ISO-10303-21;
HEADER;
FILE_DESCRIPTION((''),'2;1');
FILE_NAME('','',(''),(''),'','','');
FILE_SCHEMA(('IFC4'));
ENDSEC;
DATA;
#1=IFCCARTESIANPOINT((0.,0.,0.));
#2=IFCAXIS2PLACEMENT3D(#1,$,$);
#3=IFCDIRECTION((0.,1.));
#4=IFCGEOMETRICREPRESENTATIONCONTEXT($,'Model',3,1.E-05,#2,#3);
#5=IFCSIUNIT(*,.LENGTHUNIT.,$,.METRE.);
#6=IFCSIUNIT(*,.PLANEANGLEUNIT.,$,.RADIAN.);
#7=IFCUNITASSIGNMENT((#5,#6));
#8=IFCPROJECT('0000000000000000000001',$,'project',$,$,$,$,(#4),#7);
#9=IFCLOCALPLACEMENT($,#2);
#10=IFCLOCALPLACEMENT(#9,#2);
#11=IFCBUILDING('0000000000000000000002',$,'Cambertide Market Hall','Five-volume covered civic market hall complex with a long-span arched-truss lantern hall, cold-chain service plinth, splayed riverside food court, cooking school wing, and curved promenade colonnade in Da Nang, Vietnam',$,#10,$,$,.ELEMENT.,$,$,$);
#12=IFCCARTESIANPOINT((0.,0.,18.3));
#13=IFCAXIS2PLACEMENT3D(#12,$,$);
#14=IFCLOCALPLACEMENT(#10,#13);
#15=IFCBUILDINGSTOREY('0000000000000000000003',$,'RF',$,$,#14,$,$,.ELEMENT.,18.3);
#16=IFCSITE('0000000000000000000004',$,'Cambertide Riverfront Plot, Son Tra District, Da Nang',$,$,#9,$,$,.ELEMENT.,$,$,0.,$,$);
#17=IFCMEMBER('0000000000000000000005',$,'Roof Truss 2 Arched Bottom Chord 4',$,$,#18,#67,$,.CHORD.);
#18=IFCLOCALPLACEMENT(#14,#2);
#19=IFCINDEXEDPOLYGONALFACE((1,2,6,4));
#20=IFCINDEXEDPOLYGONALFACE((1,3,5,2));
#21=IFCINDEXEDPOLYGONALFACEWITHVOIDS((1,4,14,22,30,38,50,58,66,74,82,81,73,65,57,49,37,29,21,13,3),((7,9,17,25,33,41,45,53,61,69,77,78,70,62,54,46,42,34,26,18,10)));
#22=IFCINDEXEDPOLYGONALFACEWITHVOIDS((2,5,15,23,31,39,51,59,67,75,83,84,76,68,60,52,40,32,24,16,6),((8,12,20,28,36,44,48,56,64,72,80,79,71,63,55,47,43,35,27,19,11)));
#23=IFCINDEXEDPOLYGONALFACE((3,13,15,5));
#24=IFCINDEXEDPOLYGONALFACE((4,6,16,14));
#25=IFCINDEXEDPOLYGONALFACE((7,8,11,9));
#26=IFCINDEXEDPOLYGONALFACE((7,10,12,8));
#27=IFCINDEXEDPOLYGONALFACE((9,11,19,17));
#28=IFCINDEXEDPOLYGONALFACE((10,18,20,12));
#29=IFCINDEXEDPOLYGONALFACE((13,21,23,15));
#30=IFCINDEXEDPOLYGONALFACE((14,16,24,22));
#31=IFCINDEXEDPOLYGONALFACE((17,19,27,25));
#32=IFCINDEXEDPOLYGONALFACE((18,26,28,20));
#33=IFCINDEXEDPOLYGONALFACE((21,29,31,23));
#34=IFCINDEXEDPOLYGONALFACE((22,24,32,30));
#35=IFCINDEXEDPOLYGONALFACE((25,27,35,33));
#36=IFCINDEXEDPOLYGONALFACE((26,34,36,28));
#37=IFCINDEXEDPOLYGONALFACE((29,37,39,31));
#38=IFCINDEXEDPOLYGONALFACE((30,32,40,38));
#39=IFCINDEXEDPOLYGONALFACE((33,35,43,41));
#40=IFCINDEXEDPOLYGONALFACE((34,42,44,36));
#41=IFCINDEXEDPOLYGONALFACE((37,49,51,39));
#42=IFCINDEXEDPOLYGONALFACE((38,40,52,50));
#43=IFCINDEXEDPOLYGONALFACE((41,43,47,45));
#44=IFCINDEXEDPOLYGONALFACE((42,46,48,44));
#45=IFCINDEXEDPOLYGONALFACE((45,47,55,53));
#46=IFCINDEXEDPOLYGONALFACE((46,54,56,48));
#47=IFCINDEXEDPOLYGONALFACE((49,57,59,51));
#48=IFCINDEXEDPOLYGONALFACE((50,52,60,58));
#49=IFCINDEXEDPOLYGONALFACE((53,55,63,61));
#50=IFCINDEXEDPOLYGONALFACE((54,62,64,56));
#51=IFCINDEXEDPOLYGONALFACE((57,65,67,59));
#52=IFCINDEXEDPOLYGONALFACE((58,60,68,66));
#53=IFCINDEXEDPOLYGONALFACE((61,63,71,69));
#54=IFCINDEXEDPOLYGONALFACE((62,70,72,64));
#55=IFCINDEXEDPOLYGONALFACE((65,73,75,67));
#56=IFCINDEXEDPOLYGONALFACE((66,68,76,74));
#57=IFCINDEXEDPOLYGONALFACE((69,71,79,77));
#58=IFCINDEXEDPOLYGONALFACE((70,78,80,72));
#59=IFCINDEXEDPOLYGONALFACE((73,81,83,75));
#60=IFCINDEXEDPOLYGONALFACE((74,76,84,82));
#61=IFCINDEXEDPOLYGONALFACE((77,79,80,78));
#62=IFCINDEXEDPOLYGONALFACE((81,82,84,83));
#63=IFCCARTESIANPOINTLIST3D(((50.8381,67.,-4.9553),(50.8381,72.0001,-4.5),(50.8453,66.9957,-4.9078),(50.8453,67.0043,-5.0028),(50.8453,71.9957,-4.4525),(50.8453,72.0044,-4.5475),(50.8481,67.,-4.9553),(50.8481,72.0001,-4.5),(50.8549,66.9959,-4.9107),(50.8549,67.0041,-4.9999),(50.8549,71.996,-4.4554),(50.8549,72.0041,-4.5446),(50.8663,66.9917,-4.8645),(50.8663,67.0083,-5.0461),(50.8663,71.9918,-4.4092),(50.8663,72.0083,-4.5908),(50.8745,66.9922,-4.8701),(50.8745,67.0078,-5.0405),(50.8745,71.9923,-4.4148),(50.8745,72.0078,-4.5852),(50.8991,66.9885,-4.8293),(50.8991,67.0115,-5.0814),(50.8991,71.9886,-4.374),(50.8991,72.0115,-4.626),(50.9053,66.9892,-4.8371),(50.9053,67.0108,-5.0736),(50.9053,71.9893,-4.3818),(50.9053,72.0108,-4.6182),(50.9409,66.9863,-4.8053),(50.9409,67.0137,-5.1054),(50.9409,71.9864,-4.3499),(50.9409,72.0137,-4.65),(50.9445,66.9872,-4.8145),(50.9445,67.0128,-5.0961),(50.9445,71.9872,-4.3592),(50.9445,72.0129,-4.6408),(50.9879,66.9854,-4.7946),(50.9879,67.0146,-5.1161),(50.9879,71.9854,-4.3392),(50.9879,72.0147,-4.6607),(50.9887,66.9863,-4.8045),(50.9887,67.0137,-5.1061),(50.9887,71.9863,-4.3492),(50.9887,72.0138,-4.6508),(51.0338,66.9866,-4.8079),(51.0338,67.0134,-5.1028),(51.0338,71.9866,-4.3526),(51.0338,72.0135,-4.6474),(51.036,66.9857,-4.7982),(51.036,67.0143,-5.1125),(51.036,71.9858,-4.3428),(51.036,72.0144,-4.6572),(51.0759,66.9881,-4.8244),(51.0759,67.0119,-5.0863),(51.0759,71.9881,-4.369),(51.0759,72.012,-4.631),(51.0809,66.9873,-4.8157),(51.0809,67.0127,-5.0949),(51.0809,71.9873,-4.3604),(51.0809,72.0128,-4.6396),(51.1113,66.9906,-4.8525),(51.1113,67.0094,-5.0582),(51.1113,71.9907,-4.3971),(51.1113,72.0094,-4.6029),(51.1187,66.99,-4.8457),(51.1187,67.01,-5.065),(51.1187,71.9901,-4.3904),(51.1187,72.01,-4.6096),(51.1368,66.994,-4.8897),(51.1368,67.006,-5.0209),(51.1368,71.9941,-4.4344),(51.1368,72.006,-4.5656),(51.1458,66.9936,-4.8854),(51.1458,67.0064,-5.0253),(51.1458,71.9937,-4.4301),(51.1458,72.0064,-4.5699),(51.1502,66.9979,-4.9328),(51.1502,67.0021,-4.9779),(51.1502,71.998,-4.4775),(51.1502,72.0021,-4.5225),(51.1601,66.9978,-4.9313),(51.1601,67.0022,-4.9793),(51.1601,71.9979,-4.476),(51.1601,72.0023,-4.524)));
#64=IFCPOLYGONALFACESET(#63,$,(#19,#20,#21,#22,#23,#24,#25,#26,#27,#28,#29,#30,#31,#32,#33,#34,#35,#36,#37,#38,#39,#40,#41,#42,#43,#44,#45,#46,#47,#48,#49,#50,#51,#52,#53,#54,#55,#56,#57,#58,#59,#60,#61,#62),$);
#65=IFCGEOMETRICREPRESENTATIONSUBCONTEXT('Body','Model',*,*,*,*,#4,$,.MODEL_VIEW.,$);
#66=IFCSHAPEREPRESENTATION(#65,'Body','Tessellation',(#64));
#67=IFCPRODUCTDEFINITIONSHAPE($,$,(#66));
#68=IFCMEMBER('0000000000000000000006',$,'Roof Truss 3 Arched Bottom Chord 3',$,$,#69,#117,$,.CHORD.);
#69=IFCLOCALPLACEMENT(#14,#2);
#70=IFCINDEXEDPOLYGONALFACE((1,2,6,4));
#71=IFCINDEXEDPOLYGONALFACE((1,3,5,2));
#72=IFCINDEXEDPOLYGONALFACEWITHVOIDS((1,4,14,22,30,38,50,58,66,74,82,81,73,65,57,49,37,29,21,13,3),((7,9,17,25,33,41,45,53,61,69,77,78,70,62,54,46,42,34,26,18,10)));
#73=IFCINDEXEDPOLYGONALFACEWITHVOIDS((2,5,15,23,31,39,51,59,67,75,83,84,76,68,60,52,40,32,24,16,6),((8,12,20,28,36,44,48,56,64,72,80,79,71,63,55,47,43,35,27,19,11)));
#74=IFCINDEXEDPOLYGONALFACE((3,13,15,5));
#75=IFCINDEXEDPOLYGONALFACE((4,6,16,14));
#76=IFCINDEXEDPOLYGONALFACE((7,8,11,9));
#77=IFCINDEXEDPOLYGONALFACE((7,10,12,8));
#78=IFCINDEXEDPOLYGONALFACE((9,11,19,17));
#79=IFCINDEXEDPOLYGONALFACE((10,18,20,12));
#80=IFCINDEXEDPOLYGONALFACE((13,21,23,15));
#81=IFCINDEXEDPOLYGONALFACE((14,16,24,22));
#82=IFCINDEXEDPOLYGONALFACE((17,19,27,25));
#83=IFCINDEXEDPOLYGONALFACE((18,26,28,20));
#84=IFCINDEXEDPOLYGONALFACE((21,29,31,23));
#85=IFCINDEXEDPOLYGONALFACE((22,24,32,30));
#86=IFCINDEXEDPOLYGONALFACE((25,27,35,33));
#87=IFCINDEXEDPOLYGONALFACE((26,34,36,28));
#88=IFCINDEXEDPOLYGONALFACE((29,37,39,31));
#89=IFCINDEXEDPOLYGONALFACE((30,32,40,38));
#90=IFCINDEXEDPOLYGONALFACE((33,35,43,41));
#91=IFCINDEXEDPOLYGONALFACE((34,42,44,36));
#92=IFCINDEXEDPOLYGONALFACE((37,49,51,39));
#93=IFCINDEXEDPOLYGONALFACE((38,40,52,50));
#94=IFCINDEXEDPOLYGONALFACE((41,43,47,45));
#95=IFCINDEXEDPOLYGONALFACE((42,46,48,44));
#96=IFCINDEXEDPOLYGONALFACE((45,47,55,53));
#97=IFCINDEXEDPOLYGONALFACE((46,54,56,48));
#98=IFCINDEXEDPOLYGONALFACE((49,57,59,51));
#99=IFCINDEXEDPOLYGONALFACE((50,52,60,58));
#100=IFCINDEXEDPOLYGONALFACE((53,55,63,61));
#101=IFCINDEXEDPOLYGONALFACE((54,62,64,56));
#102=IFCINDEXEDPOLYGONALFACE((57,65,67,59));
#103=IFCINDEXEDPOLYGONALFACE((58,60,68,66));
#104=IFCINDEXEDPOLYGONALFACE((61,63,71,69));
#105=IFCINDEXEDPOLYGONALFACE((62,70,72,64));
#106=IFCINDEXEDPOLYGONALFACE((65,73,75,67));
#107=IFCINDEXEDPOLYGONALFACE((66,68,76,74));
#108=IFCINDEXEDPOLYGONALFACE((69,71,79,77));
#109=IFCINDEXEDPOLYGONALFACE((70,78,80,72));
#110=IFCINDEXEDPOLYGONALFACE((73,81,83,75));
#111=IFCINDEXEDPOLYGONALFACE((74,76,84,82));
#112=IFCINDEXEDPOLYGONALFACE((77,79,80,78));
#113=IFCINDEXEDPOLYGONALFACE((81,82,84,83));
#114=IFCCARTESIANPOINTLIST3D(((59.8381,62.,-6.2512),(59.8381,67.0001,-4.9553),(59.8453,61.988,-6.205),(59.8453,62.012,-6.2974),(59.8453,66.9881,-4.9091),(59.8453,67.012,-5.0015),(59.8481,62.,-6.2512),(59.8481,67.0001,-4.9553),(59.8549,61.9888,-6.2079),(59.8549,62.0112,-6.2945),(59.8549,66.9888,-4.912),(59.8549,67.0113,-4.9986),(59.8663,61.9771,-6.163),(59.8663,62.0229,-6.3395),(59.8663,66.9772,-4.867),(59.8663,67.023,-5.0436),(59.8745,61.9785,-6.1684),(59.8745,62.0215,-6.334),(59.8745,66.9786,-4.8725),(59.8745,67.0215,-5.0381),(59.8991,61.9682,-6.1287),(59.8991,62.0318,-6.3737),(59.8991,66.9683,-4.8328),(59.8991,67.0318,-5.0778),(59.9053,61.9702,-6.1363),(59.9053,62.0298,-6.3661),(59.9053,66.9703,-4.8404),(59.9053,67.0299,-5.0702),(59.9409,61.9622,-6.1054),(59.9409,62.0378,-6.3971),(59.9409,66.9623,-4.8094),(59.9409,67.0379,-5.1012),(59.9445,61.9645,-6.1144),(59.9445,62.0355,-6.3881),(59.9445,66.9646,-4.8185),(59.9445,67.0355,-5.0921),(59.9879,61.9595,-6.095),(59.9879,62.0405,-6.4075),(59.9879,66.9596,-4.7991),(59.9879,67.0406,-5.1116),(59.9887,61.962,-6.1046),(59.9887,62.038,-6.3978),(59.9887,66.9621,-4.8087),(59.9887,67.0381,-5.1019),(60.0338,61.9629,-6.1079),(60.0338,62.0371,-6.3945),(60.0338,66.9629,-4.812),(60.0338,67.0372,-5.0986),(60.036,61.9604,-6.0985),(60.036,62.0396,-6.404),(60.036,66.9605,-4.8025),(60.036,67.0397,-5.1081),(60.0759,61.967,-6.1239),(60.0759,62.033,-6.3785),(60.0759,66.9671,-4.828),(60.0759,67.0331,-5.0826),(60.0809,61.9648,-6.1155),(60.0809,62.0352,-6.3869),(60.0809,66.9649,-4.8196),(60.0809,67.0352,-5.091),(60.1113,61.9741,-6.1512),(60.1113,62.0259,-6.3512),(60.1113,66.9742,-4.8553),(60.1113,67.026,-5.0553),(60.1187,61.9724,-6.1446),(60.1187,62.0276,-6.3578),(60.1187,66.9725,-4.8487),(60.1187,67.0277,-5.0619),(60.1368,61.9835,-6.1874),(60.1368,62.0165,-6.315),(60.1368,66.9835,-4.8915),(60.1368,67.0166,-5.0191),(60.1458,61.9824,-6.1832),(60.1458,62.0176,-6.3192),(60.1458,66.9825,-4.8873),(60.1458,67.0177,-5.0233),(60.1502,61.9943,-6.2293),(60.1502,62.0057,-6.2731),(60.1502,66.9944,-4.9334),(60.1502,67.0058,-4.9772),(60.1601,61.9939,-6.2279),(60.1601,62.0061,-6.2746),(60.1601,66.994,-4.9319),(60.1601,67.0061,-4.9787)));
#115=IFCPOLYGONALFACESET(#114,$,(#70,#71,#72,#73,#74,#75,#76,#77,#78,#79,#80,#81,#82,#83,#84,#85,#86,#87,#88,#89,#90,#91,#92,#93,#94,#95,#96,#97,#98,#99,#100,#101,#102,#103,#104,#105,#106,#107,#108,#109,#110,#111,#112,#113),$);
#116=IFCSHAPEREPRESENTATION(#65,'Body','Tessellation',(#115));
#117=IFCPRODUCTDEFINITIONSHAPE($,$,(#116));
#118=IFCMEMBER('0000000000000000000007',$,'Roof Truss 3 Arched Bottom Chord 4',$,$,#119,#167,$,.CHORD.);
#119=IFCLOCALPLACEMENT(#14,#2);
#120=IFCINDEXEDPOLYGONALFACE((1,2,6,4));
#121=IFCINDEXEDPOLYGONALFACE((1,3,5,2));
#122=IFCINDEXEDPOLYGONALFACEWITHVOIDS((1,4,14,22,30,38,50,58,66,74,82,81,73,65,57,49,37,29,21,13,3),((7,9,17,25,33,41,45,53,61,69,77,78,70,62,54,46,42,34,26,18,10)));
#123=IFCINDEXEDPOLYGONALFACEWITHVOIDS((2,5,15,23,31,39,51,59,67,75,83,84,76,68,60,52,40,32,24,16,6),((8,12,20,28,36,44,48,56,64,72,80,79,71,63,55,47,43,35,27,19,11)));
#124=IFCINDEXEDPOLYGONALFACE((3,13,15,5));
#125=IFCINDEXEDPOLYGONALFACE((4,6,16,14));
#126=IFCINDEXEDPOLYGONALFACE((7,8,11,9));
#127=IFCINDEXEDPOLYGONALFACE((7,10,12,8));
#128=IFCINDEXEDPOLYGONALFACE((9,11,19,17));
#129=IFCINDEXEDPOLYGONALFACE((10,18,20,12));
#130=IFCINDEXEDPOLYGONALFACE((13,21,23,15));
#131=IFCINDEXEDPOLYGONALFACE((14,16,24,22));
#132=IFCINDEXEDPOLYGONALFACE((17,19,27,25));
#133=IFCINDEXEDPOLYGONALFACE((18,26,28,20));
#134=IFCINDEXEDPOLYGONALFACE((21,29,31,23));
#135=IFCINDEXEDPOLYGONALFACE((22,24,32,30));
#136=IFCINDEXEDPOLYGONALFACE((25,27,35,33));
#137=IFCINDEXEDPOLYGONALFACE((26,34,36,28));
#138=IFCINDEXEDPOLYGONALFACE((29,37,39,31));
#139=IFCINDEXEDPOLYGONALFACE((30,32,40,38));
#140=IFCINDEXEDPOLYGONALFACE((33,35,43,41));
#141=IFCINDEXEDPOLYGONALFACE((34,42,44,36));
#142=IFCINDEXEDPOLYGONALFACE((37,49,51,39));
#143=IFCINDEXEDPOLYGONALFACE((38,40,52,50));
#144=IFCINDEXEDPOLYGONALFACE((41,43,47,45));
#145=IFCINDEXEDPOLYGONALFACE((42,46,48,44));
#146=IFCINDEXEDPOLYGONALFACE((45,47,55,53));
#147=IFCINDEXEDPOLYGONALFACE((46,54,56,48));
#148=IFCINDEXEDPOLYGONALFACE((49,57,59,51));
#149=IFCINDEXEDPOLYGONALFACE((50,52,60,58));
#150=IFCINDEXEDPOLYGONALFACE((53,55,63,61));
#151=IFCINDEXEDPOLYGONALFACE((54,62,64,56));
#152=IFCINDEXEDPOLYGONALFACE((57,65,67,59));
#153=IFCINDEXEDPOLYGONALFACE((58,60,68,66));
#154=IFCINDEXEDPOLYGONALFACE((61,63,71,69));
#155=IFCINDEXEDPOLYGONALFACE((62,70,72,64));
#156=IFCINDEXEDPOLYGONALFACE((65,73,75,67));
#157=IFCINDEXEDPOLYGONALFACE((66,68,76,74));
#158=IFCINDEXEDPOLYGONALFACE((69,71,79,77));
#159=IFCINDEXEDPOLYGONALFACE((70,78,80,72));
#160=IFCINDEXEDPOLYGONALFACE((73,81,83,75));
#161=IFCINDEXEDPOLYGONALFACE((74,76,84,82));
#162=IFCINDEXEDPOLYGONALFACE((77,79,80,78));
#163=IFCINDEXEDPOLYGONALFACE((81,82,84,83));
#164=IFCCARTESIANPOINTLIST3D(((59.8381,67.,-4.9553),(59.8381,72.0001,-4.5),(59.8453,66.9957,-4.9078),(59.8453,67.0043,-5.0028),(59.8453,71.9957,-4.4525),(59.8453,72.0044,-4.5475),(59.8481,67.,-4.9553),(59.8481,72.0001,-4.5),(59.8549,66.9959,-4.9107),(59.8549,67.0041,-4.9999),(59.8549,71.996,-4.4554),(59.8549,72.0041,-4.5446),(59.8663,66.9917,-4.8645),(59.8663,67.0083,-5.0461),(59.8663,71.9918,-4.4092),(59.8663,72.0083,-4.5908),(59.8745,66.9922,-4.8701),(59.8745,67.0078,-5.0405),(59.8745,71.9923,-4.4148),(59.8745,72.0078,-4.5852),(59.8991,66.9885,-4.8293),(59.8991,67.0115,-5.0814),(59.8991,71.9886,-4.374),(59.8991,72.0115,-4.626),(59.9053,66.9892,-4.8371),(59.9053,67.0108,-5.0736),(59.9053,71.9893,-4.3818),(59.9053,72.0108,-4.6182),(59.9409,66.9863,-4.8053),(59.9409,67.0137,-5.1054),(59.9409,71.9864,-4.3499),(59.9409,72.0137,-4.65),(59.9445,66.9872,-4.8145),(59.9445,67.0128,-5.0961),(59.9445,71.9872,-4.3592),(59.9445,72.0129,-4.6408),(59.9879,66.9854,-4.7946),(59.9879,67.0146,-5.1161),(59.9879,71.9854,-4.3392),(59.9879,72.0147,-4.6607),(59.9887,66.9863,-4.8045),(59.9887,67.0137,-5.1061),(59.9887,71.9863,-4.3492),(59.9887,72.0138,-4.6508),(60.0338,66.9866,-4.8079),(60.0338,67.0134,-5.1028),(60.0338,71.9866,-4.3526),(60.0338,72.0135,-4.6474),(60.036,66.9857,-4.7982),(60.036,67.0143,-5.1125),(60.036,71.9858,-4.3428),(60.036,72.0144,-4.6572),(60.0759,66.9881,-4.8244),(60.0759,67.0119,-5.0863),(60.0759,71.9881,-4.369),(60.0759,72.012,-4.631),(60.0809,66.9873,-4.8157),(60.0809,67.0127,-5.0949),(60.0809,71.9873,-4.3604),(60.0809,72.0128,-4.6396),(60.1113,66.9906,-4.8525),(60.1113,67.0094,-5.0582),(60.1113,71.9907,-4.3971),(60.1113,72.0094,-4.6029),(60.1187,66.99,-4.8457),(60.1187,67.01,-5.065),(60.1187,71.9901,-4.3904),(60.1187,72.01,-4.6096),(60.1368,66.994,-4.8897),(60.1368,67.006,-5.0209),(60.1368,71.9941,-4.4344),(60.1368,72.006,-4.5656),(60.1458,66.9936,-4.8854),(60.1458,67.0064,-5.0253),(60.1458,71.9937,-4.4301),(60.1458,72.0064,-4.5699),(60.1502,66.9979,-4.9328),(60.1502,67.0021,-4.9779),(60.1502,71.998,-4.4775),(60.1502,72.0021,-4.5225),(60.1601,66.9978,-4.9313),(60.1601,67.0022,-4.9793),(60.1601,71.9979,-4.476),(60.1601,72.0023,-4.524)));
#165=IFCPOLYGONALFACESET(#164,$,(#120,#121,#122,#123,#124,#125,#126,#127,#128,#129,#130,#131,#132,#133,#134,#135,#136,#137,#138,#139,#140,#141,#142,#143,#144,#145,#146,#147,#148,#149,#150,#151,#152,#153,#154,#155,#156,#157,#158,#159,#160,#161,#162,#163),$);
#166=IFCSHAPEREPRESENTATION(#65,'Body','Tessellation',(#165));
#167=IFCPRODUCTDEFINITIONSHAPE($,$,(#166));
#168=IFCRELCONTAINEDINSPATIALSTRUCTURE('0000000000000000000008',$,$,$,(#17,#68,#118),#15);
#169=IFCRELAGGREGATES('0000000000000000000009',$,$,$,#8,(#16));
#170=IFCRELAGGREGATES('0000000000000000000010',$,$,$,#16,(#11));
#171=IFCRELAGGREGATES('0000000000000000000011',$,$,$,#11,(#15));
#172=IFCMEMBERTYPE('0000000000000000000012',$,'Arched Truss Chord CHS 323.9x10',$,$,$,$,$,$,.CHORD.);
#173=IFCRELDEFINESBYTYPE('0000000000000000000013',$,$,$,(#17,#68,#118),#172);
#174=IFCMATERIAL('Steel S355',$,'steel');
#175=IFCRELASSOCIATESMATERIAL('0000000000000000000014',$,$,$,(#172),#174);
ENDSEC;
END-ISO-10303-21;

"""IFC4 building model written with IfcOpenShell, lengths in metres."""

from ifc_helpers import new_model, si_unit, direction, frame, origin, origin_2d, place, context, subcontext, project, spatial, hollow_circle, extrude, material, material_profile, profile_set, type_object, element, save


model = new_model("IFC4")

# Units and contexts
model_context = context("Model", 3, precision=1e-05, world=origin(), true_north=direction((0.0, 1.0)))
body_context = subcontext(model_context, "Body", "Model", "MODEL_VIEW")
ifc_project = project(units=[si_unit("LENGTHUNIT", "METRE"), si_unit("PLANEANGLEUNIT", "RADIAN")], contexts=[model_context])

# Site, building, storey
site_placement = place(None, origin())
site = spatial("IfcSite", under=ifc_project, at=site_placement, Name="Cambertide Riverfront Plot, Son Tra District, Da Nang", CompositionType="ELEMENT", RefElevation=0.0)
building_placement = place(site_placement, origin())
building = spatial("IfcBuilding", under=site, at=building_placement, Name="Cambertide Market Hall", Description="Five-volume covered civic market hall complex with a long-span arched-truss lantern hall, cold-chain service plinth, splayed riverside food court, cooking school wing, and curved promenade colonnade in Da Nang, Vietnam", CompositionType="ELEMENT")
storey_placement = place(building_placement, frame((0.0, 0.0, 18.3)))
storey = spatial("IfcBuildingStorey", under=building, at=storey_placement, Name="RF", CompositionType="ELEMENT", Elevation=18.3)

# Members
ifc_material_1 = material(Name="Steel S355", Category="steel")
ifc_material_profile_1 = material_profile(ifc_material_1, hollow_circle(Radius=0.1619, WallThickness=0.01, at=origin_2d()), Name="CHS 323.9x10")
ifc_profile_set_1 = profile_set([ifc_material_profile_1], Name="Steel S355")
member_type_1 = type_object("IfcMemberType", Name="Arched Truss Chord CHS 323.9x10", PredefinedType="CHORD", material=ifc_profile_set_1)
member_1_placement = place(storey_placement, frame((51.0, 67.0, -4.9553), z_axis=(0.0, 0.995879, 0.090689), x_axis=(-1.0, 0.0, 0.0)))
element("IfcMember", 1, at=member_1_placement, inside=storey, type_object=member_type_1, Name="Roof Truss 2 Arched Bottom Chord 4", PredefinedType="CHORD", context=body_context, shape_type="SweptSolid", body=[
    extrude(hollow_circle(Radius=0.1619, WallThickness=0.01, at=origin_2d()), origin(), (0.0, 0.0, 1.0), 5.0208),
])
member_2_placement = place(storey_placement, frame((60.0, 62.0, -6.2512), z_axis=(0.0, 0.968016, 0.25089), x_axis=(-1.0, 0.0, 0.0)))
element("IfcMember", 2, at=member_2_placement, inside=storey, type_object=member_type_1, Name="Roof Truss 3 Arched Bottom Chord 3", PredefinedType="CHORD", context=body_context, shape_type="SweptSolid", body=[
    extrude(hollow_circle(Radius=0.1619, WallThickness=0.01, at=origin_2d()), origin(), (0.0, 0.0, 1.0), 5.1653),
])
member_3_placement = place(storey_placement, frame((60.0, 67.0, -4.9553), z_axis=(0.0, 0.995879, 0.090689), x_axis=(-1.0, 0.0, 0.0)))
element("IfcMember", 3, at=member_3_placement, inside=storey, type_object=member_type_1, Name="Roof Truss 3 Arched Bottom Chord 4", PredefinedType="CHORD", context=body_context, shape_type="SweptSolid", body=[
    extrude(hollow_circle(Radius=0.1619, WallThickness=0.01, at=origin_2d()), origin(), (0.0, 0.0, 1.0), 5.0208),
])

save(model, "model.ifc")
